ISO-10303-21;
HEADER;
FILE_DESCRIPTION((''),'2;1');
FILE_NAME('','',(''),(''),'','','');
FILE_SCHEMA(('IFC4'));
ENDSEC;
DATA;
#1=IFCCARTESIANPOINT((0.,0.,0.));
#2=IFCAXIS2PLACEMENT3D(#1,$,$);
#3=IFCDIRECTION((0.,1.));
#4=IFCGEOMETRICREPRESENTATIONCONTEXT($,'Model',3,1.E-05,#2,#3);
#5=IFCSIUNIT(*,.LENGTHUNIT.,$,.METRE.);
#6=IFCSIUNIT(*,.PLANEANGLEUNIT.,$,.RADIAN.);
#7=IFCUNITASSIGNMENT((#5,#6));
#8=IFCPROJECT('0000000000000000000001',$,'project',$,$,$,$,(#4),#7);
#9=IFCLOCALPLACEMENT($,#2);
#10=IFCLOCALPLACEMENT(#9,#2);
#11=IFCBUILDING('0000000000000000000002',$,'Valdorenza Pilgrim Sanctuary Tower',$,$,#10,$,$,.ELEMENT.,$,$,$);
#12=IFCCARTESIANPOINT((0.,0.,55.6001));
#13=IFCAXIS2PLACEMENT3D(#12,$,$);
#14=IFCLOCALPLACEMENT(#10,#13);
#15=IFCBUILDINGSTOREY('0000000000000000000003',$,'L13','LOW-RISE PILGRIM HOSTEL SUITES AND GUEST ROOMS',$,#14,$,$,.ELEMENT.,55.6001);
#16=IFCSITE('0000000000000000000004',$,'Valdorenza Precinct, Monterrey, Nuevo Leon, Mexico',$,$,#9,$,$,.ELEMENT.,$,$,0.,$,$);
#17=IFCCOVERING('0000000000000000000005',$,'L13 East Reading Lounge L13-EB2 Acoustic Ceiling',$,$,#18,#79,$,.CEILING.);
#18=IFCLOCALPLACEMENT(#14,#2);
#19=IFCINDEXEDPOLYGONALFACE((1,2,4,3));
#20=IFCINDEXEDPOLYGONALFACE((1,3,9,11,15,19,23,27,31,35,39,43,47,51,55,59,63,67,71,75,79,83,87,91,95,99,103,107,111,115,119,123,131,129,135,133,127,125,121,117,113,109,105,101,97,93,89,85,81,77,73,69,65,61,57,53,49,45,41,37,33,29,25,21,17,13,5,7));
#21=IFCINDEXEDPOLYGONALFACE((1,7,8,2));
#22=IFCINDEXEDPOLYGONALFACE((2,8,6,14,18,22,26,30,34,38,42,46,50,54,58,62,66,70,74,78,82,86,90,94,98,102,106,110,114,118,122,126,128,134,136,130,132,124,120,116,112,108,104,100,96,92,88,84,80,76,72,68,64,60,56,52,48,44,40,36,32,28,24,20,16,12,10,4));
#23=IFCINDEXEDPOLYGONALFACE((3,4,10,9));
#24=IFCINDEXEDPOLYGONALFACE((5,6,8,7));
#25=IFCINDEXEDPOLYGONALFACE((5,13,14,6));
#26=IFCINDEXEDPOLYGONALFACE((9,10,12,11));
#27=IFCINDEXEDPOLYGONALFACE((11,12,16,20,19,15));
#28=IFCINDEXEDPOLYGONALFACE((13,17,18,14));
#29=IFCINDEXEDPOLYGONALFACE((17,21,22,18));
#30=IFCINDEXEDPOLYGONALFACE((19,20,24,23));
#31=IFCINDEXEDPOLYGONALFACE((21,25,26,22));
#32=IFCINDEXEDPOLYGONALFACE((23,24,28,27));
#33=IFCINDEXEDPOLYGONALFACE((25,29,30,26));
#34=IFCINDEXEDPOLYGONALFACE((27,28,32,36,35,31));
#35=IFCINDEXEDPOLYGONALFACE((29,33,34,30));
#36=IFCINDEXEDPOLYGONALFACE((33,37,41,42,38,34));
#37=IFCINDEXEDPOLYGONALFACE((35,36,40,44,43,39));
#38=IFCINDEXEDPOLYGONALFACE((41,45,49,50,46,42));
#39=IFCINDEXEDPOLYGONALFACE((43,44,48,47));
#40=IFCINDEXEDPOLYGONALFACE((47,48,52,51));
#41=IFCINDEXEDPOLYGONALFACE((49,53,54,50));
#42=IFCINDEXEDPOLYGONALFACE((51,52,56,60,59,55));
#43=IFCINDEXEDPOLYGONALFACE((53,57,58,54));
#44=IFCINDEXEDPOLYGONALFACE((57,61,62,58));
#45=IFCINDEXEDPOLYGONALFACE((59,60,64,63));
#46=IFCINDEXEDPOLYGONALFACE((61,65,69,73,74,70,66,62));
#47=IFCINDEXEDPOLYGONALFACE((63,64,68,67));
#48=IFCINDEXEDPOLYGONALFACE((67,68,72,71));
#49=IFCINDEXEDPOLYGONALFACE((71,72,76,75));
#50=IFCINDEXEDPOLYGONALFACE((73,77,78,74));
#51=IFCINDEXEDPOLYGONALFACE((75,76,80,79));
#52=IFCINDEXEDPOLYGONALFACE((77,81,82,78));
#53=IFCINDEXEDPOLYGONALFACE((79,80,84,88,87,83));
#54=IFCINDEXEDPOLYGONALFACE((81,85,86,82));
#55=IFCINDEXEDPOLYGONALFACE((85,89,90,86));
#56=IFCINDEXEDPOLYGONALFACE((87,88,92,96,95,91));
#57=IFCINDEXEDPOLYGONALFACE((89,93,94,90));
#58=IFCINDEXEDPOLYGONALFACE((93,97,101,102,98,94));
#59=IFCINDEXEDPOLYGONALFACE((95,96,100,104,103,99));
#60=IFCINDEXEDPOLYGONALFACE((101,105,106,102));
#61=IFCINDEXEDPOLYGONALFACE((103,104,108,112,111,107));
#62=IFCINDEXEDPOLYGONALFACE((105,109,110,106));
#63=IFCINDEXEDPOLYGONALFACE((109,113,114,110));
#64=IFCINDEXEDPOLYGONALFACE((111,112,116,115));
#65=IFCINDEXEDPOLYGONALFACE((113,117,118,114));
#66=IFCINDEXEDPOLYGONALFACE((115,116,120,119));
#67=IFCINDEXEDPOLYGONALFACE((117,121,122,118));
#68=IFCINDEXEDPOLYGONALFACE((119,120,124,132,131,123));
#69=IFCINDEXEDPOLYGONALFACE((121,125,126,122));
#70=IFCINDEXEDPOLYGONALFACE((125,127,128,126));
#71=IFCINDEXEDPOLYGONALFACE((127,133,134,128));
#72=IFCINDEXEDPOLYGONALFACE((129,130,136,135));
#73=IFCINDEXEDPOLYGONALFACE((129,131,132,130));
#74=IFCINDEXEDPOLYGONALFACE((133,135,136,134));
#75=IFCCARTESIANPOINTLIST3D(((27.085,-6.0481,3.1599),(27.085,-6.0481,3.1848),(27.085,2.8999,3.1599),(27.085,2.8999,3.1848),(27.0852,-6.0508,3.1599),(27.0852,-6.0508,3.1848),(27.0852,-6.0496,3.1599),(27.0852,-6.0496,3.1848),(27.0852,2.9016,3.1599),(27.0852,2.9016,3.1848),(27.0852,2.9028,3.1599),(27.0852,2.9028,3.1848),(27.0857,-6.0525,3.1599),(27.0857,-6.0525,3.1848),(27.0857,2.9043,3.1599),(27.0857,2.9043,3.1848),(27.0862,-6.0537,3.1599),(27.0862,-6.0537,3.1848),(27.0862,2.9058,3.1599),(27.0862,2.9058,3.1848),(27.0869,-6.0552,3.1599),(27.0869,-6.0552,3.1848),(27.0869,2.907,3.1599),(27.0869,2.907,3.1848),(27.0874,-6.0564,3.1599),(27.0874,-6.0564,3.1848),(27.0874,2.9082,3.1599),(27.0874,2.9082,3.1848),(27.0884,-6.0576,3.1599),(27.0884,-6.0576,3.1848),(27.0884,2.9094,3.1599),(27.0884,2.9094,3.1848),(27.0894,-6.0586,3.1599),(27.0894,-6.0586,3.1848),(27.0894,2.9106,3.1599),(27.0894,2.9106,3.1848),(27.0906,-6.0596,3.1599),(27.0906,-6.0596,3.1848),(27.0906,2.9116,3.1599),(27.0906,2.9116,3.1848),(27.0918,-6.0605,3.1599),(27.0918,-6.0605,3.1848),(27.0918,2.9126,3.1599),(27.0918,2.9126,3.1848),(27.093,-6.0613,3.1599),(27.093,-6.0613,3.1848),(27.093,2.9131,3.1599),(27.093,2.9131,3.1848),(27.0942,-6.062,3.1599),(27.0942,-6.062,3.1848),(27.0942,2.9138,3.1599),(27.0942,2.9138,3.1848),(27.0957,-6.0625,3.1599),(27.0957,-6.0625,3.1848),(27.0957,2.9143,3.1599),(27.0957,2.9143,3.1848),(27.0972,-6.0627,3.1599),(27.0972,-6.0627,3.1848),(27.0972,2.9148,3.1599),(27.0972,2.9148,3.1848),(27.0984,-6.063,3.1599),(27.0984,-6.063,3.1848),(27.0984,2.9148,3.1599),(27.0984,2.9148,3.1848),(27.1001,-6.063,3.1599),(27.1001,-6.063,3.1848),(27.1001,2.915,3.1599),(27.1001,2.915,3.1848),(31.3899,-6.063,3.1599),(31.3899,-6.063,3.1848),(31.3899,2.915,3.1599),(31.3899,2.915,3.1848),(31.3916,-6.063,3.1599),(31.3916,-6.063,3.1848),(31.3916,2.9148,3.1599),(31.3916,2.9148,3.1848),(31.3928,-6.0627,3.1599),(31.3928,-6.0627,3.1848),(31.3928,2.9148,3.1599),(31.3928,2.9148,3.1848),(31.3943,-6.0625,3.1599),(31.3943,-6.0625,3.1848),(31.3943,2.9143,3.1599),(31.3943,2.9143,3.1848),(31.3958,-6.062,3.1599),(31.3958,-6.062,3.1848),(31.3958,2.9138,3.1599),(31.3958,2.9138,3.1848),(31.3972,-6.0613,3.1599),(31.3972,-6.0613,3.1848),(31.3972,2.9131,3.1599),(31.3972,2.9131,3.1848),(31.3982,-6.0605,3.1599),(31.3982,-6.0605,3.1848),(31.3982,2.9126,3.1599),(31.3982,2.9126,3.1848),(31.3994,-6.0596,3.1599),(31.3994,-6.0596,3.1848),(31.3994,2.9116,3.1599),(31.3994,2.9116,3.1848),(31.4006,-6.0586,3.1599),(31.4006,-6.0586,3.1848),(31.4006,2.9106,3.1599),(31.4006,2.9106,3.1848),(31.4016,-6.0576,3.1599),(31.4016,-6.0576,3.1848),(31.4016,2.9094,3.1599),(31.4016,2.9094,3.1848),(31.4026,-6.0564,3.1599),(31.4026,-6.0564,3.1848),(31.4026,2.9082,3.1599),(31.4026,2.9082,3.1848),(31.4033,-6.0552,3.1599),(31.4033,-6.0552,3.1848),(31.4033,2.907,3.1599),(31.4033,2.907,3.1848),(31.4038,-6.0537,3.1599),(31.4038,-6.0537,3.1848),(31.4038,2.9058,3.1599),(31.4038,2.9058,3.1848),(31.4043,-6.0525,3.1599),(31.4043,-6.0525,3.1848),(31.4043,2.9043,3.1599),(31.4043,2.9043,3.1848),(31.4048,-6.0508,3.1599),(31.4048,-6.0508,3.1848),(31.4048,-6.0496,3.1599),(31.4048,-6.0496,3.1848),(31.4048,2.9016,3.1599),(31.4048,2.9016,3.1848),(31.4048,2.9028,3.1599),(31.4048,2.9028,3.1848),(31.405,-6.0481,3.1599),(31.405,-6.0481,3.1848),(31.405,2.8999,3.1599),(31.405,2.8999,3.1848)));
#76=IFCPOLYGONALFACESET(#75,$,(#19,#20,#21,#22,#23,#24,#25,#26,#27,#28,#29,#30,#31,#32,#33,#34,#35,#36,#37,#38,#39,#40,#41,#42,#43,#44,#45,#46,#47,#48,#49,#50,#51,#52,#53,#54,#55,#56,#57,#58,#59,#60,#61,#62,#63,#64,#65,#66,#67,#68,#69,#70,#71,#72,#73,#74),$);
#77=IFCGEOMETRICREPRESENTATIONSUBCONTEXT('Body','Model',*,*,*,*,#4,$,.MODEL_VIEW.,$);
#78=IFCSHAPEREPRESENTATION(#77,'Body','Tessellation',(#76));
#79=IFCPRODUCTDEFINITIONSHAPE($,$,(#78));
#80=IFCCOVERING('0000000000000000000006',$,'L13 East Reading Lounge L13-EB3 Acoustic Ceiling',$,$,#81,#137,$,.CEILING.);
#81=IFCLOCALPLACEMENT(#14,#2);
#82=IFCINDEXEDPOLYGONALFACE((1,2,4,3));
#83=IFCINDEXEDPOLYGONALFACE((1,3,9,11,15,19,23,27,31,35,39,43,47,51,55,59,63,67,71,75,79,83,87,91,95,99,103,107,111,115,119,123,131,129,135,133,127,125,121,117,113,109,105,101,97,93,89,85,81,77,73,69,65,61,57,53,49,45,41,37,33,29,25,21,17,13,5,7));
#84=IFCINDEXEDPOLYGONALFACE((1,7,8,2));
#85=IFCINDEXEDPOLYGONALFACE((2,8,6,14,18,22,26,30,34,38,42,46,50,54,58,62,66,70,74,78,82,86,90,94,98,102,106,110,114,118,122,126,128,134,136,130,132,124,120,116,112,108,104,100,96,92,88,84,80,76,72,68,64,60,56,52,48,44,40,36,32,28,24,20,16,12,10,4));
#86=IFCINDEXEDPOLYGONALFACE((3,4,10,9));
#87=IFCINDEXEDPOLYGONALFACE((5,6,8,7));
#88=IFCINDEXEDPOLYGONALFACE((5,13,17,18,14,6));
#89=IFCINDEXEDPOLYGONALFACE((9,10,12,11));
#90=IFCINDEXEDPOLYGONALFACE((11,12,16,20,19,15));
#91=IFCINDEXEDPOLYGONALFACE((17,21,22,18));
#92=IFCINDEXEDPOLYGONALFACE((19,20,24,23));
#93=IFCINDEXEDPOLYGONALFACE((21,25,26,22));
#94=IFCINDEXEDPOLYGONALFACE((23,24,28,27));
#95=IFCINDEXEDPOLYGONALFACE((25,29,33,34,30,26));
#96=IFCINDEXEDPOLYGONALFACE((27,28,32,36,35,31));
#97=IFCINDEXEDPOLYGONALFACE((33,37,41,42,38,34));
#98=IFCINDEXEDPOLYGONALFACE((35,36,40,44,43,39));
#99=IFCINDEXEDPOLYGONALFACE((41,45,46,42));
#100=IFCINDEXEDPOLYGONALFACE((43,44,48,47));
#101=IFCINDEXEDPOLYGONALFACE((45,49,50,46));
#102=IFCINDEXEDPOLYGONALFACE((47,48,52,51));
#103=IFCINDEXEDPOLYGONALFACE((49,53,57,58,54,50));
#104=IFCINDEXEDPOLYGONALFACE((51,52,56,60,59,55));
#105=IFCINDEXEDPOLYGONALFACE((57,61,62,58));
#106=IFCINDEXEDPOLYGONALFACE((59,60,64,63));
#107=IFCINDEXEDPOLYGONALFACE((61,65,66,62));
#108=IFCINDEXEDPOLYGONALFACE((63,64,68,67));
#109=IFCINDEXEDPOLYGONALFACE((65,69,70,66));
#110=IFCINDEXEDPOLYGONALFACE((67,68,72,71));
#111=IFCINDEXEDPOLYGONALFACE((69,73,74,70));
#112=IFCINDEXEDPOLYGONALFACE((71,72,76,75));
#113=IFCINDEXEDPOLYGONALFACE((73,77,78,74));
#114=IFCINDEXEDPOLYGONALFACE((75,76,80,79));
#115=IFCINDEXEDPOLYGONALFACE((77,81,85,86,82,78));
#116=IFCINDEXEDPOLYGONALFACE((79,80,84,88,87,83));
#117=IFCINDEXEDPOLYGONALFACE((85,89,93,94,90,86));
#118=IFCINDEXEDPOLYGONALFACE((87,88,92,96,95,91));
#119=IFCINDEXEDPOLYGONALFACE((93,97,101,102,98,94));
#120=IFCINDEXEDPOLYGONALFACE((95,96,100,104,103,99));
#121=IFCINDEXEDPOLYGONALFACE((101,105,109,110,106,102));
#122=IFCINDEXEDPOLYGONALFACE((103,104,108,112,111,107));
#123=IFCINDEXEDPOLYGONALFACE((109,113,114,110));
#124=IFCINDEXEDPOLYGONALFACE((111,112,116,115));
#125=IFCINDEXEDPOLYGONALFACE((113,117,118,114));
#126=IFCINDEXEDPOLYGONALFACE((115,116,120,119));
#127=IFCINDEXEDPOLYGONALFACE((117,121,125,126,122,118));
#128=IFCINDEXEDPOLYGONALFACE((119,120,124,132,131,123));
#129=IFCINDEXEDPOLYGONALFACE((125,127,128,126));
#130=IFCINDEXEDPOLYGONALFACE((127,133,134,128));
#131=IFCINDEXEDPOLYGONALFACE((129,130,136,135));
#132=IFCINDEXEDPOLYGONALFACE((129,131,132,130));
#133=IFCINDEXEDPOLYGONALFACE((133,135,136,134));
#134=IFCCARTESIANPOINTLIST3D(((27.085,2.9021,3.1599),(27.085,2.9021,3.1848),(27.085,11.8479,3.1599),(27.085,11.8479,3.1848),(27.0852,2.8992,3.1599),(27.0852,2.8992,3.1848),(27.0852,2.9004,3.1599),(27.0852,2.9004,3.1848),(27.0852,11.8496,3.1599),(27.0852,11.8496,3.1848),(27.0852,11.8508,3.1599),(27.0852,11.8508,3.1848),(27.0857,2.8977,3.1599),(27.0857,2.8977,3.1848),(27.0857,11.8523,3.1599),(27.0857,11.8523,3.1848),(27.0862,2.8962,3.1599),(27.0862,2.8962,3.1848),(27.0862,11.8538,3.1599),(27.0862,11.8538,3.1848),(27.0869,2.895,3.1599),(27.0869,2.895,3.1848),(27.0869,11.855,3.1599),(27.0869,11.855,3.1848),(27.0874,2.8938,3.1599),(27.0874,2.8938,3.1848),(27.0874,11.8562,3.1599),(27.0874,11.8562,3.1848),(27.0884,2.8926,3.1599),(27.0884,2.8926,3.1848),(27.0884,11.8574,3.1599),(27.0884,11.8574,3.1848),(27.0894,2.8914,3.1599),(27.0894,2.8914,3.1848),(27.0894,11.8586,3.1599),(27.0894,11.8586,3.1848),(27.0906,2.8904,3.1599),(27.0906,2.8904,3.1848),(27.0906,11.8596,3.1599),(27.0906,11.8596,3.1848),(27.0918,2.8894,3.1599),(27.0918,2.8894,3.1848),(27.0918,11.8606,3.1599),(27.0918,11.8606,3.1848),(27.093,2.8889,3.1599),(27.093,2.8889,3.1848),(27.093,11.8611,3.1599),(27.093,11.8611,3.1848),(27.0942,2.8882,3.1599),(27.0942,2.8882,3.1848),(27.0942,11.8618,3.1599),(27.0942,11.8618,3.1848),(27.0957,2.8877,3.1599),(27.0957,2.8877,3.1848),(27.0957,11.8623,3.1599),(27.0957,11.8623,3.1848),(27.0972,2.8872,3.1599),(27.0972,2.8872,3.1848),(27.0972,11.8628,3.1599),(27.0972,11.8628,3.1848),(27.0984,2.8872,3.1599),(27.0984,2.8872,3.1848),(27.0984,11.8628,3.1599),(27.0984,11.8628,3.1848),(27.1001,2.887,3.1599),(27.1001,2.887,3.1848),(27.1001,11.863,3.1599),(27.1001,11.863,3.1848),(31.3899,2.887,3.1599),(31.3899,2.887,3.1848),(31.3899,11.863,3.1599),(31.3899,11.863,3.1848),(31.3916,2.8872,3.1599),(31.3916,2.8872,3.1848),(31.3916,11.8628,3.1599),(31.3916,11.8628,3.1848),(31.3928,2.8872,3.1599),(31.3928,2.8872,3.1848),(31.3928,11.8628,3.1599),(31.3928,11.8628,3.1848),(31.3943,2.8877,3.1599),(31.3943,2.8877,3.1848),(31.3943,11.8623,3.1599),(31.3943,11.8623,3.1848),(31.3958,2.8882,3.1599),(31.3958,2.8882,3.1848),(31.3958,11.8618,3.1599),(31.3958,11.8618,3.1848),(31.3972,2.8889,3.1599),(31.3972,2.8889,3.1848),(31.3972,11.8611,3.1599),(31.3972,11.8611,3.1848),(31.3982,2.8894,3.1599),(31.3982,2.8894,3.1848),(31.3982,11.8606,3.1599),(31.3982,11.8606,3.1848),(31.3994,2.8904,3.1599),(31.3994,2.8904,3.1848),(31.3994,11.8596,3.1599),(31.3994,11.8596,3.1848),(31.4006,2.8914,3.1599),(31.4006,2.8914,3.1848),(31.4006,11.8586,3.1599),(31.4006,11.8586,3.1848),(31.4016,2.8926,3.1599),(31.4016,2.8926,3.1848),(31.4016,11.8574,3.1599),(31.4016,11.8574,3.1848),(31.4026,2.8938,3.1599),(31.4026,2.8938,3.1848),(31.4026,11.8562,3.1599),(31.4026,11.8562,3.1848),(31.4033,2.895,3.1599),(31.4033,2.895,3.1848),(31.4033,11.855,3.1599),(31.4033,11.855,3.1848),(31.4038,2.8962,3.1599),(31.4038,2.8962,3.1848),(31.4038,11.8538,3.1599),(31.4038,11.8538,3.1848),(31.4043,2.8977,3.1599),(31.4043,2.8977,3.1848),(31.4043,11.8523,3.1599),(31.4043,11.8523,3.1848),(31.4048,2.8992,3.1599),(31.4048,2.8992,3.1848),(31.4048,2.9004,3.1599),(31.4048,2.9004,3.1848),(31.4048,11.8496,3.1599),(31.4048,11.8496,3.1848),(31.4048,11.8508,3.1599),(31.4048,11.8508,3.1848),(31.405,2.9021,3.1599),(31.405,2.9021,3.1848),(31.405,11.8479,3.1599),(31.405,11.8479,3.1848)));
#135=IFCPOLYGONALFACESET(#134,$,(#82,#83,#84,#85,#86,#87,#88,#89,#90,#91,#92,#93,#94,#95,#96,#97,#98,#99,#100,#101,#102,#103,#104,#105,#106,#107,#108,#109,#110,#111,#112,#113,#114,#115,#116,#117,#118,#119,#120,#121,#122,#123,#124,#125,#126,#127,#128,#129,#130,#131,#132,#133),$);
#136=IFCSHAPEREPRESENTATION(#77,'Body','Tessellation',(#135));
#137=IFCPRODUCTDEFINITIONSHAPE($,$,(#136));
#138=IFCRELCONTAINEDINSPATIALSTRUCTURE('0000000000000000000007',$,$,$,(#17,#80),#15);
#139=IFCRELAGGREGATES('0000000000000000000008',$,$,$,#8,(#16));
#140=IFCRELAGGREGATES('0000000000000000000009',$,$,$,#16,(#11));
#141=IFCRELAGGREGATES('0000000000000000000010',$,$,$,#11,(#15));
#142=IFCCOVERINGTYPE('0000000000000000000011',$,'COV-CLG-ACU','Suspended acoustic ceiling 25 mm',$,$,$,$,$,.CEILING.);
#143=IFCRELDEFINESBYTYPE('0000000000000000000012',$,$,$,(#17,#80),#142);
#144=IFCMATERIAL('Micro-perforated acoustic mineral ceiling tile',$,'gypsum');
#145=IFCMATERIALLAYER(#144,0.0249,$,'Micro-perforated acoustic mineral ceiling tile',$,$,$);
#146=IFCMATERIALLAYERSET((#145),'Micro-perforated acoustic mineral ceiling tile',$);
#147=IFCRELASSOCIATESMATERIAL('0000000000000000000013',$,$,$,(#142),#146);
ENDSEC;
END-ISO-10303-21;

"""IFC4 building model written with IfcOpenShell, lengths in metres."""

from ifc_helpers import new_model, si_unit, direction, frame, origin, place, context, subcontext, project, spatial, polyline, outline, extrude, material, layer, layer_set, type_object, element, save


model = new_model("IFC4")

# Units and contexts
model_context = context("Model", 3, precision=1e-05, world=origin(), true_north=direction((0.0, 1.0)))
body_context = subcontext(model_context, "Body", "Model", "MODEL_VIEW")
ifc_project = project(units=[si_unit("LENGTHUNIT", "METRE"), si_unit("PLANEANGLEUNIT", "RADIAN")], contexts=[model_context])

# Site, building, storey
site_placement = place(None, origin())
site = spatial("IfcSite", under=ifc_project, at=site_placement, Name="Valdorenza Precinct, Monterrey, Nuevo Leon, Mexico", CompositionType="ELEMENT", RefElevation=0.0)
building_placement = place(site_placement, origin())
building = spatial("IfcBuilding", under=site, at=building_placement, Name="Valdorenza Pilgrim Sanctuary Tower", CompositionType="ELEMENT")
storey_placement = place(building_placement, frame((0.0, 0.0, 55.6001)))
storey = spatial("IfcBuildingStorey", under=building, at=storey_placement, Name="L13", Description="LOW-RISE PILGRIM HOSTEL SUITES AND GUEST ROOMS", CompositionType="ELEMENT", Elevation=55.6001)

# Coverings
ifc_material_1 = material(Name="Micro-perforated acoustic mineral ceiling tile", Category="gypsum")
ifc_layer_1 = layer(ifc_material_1, 0.0249, Name="Micro-perforated acoustic mineral ceiling tile")
ifc_layer_set_1 = layer_set([ifc_layer_1], Name="Micro-perforated acoustic mineral ceiling tile")
covering_type_1 = type_object("IfcCoveringType", Name="COV-CLG-ACU", Description="Suspended acoustic ceiling 25 mm", PredefinedType="CEILING", material=ifc_layer_set_1)
covering_1_placement = place(storey_placement, frame((0.0, 0.0, 3.1599)))
element("IfcCovering", 1, at=covering_1_placement, inside=storey, type_object=covering_type_1, Name="L13 East Reading Lounge L13-EB2 Acoustic Ceiling", PredefinedType="CEILING", context=body_context, shape_type="SweptSolid", body=[
    extrude(outline(polyline([(27.085, 2.8999), (27.0852, 2.9016), (27.0852, 2.9028), (27.0857, 2.9043), (27.0862, 2.9058), (27.0869, 2.907), (27.0874, 2.9082), (27.0884, 2.9094), (27.0894, 2.9106), (27.0906, 2.9116), (27.0918, 2.9126), (27.093, 2.9131), (27.0942, 2.9138), (27.0957, 2.9143), (27.0972, 2.9148), (27.0984, 2.9148), (27.1001, 2.915), (31.3899, 2.915), (31.3916, 2.9148), (31.3928, 2.9148), (31.3943, 2.9143), (31.3958, 2.9138), (31.3972, 2.9131), (31.3982, 2.9126), (31.3994, 2.9116), (31.4006, 2.9106), (31.4016, 2.9094), (31.4026, 2.9082), (31.4033, 2.907), (31.4038, 2.9058), (31.4043, 2.9043), (31.4048, 2.9028), (31.4048, 2.9016), (31.405, 2.8999), (31.405, -6.0481), (31.4048, -6.0496), (31.4048, -6.0508), (31.4043, -6.0525), (31.4038, -6.0537), (31.4033, -6.0552), (31.4026, -6.0564), (31.4016, -6.0576), (31.4006, -6.0586), (31.3994, -6.0596), (31.3982, -6.0605), (31.3972, -6.0613), (31.3958, -6.062), (31.3943, -6.0625), (31.3928, -6.0627), (31.3916, -6.063), (31.3899, -6.063), (27.1001, -6.063), (27.0984, -6.063), (27.0972, -6.0627), (27.0957, -6.0625), (27.0942, -6.062), (27.093, -6.0613), (27.0918, -6.0605), (27.0906, -6.0596), (27.0894, -6.0586), (27.0884, -6.0576), (27.0874, -6.0564), (27.0869, -6.0552), (27.0862, -6.0537), (27.0857, -6.0525), (27.0852, -6.0508), (27.0852, -6.0496), (27.085, -6.0481), (27.085, 2.8999)])), origin(), (0.0, 0.0, 1.0), 0.0249),
])
covering_2_placement = place(storey_placement, frame((0.0, 0.0, 3.1599)))
element("IfcCovering", 2, at=covering_2_placement, inside=storey, type_object=covering_type_1, Name="L13 East Reading Lounge L13-EB3 Acoustic Ceiling", PredefinedType="CEILING", context=body_context, shape_type="SweptSolid", body=[
    extrude(outline(polyline([(27.085, 11.8479), (27.0852, 11.8496), (27.0852, 11.8508), (27.0857, 11.8523), (27.0862, 11.8538), (27.0869, 11.855), (27.0874, 11.8562), (27.0884, 11.8574), (27.0894, 11.8586), (27.0906, 11.8596), (27.0918, 11.8606), (27.093, 11.8611), (27.0942, 11.8618), (27.0957, 11.8623), (27.0972, 11.8628), (27.0984, 11.8628), (27.1001, 11.863), (31.3899, 11.863), (31.3916, 11.8628), (31.3928, 11.8628), (31.3943, 11.8623), (31.3958, 11.8618), (31.3972, 11.8611), (31.3982, 11.8606), (31.3994, 11.8596), (31.4006, 11.8586), (31.4016, 11.8574), (31.4026, 11.8562), (31.4033, 11.855), (31.4038, 11.8538), (31.4043, 11.8523), (31.4048, 11.8508), (31.4048, 11.8496), (31.405, 11.8479), (31.405, 2.9021), (31.4048, 2.9004), (31.4048, 2.8992), (31.4043, 2.8977), (31.4038, 2.8962), (31.4033, 2.895), (31.4026, 2.8938), (31.4016, 2.8926), (31.4006, 2.8914), (31.3994, 2.8904), (31.3982, 2.8894), (31.3972, 2.8889), (31.3958, 2.8882), (31.3943, 2.8877), (31.3928, 2.8872), (31.3916, 2.8872), (31.3899, 2.887), (27.1001, 2.887), (27.0984, 2.8872), (27.0972, 2.8872), (27.0957, 2.8877), (27.0942, 2.8882), (27.093, 2.8889), (27.0918, 2.8894), (27.0906, 2.8904), (27.0894, 2.8914), (27.0884, 2.8926), (27.0874, 2.8938), (27.0869, 2.895), (27.0862, 2.8962), (27.0857, 2.8977), (27.0852, 2.8992), (27.0852, 2.9004), (27.085, 2.9021), (27.085, 11.8479)])), origin(), (0.0, 0.0, 1.0), 0.0249),
])

save(model, "model.ifc")
